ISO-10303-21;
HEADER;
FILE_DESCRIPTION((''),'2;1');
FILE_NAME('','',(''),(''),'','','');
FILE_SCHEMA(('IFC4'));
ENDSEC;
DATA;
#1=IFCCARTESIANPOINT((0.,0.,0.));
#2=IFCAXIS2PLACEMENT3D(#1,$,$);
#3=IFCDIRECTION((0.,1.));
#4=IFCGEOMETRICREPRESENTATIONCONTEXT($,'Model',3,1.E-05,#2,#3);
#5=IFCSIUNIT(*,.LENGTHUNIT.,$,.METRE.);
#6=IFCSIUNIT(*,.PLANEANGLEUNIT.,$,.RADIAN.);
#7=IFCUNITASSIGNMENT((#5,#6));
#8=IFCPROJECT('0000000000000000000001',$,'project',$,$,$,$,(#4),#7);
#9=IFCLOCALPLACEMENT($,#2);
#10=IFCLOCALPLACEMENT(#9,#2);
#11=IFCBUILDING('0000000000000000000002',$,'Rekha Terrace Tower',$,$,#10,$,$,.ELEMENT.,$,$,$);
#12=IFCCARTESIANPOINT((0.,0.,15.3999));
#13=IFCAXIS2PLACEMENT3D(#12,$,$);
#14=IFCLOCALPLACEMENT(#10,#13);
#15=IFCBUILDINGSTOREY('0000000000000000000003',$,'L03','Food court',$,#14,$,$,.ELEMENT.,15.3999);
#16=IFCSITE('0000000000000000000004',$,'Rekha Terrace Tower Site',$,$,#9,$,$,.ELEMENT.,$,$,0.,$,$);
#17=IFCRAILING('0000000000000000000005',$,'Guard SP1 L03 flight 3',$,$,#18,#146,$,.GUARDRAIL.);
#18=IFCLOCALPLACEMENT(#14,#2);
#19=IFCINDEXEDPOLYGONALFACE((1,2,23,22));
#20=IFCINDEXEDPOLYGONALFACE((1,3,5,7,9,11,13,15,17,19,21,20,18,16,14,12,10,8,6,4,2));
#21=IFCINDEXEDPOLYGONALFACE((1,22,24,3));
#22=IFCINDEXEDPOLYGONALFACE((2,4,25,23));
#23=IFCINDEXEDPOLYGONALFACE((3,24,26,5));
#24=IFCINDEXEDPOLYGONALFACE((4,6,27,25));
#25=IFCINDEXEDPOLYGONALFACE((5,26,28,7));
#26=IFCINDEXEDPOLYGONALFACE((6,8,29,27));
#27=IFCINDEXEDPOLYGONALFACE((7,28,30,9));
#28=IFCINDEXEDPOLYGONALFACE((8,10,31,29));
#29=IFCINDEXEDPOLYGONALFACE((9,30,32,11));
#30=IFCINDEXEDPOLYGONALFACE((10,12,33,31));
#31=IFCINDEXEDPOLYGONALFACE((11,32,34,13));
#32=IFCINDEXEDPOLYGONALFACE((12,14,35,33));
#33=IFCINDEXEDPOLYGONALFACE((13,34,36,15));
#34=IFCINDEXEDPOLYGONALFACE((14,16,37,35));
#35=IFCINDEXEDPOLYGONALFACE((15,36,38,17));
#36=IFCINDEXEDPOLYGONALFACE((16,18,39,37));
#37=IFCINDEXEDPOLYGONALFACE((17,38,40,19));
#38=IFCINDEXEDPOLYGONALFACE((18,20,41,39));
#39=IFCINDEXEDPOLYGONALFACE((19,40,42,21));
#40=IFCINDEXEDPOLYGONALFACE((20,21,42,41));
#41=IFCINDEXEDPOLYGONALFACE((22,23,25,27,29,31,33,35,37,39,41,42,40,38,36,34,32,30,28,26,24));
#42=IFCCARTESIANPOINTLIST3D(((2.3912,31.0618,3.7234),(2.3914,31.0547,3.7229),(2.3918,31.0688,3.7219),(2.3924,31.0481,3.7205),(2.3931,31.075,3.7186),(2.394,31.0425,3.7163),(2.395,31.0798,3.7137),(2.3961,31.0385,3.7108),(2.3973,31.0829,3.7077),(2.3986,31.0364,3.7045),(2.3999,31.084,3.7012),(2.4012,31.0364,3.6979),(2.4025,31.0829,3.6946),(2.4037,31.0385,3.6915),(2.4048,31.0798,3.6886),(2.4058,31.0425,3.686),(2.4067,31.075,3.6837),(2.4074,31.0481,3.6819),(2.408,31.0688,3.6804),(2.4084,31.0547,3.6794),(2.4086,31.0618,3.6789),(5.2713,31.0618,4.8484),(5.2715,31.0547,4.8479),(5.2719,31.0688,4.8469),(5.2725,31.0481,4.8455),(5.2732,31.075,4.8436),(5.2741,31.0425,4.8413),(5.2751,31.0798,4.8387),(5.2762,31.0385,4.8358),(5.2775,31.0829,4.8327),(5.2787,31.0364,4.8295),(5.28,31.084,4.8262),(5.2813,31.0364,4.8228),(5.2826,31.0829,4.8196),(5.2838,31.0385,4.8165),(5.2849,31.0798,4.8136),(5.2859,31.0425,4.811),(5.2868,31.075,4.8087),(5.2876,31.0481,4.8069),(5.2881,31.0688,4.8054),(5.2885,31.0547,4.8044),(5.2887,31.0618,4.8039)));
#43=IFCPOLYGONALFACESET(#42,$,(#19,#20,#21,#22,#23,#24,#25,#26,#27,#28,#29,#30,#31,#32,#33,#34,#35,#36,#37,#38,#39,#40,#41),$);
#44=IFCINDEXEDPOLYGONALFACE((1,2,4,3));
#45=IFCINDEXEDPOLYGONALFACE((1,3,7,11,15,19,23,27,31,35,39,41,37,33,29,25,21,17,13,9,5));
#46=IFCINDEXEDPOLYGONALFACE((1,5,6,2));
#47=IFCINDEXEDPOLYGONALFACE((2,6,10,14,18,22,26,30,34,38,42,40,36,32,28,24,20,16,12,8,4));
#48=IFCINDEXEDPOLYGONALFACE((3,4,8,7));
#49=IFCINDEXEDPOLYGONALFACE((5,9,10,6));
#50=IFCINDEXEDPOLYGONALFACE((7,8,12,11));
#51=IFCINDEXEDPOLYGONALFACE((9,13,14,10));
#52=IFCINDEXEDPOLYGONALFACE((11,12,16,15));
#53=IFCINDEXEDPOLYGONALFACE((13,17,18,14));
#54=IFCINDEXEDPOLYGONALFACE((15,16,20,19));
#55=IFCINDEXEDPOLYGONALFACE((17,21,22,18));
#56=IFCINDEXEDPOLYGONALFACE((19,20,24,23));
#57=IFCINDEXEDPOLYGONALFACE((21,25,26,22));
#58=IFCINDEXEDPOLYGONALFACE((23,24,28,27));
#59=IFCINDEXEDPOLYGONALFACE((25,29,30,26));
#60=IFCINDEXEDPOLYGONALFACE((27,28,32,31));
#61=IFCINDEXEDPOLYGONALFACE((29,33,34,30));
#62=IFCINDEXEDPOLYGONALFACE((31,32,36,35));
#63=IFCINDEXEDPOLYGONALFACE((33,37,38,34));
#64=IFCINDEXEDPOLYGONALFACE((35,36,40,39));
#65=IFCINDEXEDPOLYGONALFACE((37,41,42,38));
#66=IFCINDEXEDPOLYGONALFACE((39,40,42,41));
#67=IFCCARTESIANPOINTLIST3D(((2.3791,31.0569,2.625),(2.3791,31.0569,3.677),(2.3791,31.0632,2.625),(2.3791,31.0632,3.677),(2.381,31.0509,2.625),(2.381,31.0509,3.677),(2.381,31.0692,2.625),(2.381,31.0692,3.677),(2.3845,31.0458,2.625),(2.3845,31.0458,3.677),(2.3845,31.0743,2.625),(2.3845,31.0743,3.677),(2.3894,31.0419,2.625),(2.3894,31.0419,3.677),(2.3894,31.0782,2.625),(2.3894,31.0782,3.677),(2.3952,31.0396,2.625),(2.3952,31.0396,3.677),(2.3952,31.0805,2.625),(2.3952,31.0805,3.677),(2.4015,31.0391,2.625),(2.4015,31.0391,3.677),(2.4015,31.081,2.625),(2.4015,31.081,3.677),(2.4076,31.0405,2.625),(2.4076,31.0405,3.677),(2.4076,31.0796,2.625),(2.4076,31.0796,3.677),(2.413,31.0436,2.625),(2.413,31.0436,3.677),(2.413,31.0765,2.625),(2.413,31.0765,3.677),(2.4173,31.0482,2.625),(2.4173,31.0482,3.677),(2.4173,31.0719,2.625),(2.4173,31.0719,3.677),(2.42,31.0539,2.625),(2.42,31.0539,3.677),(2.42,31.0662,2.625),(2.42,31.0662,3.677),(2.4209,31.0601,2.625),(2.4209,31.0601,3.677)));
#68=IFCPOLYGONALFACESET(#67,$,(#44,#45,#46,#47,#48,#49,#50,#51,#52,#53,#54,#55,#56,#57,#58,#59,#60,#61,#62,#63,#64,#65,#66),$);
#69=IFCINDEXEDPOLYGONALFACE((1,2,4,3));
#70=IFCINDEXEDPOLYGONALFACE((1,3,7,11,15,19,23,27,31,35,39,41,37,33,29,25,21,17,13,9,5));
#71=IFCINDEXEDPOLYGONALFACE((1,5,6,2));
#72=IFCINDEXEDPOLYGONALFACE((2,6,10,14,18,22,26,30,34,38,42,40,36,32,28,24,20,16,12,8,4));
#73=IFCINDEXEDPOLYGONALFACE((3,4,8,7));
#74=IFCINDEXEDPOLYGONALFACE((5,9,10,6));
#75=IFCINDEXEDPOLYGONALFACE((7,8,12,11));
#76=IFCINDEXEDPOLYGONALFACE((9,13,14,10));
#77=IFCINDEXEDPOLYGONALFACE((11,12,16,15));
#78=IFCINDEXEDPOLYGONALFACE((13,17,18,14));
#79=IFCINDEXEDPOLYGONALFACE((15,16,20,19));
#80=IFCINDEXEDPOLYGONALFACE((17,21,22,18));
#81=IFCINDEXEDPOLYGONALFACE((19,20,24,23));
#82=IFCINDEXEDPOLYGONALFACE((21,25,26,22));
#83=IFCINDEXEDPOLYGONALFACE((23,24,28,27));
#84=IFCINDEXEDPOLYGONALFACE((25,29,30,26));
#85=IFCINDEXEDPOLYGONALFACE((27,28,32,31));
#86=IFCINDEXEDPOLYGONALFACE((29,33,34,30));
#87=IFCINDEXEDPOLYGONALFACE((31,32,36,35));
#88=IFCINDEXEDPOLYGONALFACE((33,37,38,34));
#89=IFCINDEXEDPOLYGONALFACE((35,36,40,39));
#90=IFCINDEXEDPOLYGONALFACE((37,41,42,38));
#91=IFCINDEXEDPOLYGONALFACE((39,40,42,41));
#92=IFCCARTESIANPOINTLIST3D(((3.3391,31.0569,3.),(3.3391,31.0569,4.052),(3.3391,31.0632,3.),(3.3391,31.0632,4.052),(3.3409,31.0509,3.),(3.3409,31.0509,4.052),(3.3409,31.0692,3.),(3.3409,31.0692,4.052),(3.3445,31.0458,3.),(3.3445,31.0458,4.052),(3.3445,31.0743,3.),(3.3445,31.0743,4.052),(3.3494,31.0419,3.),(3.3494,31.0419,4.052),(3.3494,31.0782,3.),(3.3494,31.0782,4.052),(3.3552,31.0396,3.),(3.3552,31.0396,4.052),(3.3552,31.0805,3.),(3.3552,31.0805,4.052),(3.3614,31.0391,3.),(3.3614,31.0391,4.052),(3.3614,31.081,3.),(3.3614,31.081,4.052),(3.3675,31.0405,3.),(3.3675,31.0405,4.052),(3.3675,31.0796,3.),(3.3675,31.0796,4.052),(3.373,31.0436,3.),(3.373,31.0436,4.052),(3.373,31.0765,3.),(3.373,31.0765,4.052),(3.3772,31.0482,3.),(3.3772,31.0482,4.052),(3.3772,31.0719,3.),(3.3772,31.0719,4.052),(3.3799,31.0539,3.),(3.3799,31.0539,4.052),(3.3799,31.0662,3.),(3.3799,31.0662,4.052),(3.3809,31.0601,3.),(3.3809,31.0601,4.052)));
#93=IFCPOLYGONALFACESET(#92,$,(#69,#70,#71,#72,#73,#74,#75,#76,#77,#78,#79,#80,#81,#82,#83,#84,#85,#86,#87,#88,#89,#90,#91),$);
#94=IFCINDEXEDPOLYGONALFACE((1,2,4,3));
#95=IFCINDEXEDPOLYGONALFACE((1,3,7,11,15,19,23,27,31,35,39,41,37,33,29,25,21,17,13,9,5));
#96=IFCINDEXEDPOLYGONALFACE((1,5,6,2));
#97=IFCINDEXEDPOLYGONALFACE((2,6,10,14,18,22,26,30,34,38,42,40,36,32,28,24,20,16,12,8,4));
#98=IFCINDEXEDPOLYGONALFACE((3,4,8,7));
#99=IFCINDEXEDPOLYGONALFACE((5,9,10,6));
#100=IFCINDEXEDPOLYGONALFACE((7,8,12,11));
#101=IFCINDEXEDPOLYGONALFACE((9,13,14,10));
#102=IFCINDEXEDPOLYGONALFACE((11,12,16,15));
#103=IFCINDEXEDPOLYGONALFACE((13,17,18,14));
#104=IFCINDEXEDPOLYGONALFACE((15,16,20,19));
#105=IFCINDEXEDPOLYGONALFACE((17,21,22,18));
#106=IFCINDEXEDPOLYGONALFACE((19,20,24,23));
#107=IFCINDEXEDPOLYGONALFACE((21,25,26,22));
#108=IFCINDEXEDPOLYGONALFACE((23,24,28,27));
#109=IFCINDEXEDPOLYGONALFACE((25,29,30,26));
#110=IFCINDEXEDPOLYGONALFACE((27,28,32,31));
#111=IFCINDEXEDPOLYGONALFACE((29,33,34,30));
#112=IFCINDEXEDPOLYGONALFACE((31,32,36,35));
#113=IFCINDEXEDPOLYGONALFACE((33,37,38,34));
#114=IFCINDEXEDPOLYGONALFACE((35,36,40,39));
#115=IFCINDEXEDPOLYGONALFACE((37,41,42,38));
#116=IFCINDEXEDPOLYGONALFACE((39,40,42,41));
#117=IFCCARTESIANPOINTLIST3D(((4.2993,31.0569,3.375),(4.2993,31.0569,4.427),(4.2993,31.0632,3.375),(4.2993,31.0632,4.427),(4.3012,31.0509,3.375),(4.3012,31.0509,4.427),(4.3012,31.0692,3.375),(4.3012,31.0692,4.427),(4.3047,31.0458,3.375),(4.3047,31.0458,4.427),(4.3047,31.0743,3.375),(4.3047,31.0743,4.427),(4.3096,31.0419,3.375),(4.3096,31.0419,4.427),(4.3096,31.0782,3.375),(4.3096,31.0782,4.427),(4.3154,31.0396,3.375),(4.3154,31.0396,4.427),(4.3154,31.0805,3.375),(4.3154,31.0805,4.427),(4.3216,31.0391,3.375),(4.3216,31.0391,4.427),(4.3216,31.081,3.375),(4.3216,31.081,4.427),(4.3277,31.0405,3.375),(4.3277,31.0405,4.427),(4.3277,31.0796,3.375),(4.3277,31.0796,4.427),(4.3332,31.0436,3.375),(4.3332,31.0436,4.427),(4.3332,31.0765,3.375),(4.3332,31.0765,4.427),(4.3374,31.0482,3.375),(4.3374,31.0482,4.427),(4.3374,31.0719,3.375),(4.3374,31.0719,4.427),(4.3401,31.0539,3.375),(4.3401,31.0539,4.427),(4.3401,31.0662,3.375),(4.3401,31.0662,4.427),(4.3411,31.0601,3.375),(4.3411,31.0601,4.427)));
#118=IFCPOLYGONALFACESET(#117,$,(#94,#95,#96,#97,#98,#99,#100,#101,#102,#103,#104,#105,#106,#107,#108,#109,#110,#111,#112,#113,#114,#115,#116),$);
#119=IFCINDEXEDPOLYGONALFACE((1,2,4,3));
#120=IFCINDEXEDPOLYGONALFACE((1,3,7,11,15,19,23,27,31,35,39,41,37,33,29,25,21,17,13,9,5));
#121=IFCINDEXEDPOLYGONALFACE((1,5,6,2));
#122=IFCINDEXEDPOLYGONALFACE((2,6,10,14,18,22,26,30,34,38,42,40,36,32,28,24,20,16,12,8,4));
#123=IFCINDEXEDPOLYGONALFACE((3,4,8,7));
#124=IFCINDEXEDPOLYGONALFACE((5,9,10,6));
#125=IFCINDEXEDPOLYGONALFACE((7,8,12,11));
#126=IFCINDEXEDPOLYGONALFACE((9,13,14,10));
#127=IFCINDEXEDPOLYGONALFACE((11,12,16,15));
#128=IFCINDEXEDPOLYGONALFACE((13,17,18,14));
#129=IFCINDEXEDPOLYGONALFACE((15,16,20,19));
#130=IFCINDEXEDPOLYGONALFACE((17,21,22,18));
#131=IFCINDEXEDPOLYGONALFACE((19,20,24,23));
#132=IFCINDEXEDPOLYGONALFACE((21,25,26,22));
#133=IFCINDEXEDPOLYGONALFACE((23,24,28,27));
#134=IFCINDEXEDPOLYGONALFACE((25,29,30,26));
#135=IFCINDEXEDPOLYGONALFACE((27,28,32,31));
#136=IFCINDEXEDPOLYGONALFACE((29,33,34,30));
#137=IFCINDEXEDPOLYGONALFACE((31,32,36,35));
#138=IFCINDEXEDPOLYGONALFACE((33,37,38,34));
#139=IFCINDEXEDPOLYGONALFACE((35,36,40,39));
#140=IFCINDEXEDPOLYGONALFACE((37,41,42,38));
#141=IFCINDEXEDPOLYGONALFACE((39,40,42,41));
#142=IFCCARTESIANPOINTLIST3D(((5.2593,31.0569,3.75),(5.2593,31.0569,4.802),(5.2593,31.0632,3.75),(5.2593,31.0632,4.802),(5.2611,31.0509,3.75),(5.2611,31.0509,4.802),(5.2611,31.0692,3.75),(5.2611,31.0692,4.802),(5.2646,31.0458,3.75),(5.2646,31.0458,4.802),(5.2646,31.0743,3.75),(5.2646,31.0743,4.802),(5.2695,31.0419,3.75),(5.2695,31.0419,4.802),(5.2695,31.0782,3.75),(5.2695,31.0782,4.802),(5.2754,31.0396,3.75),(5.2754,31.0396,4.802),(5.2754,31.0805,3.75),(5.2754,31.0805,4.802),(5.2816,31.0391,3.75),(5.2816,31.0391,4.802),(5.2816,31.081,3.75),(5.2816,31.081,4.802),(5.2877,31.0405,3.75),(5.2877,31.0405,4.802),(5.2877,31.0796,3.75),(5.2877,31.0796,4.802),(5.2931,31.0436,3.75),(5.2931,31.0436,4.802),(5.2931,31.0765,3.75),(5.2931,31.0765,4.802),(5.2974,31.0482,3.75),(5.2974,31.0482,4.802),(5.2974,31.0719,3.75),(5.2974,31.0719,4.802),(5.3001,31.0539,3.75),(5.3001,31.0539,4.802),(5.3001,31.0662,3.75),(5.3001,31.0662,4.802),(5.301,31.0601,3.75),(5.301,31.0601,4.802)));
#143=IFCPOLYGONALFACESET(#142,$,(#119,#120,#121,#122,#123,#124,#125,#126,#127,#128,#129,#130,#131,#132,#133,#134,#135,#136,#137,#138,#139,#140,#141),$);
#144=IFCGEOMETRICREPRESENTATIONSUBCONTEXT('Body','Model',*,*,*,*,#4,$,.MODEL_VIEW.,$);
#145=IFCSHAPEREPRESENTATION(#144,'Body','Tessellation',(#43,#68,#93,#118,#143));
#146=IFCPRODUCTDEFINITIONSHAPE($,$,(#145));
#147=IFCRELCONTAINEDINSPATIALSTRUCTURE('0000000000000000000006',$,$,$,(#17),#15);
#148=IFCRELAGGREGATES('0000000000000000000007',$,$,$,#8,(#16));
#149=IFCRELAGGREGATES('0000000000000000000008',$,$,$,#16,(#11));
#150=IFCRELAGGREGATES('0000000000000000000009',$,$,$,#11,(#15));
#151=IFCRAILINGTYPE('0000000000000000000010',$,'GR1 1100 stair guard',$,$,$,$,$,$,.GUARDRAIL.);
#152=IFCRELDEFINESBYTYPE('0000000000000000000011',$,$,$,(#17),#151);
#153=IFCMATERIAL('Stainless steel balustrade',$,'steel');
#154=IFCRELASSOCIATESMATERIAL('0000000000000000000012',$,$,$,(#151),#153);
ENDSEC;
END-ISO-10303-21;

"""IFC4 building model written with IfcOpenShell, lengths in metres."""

from ifc_helpers import new_model, si_unit, direction, frame, origin, origin_2d, place, context, subcontext, project, spatial, circle, extrude, material, type_object, element, save


model = new_model("IFC4")

# Units and contexts
model_context = context("Model", 3, precision=1e-05, world=origin(), true_north=direction((0.0, 1.0)))
body_context = subcontext(model_context, "Body", "Model", "MODEL_VIEW")
ifc_project = project(units=[si_unit("LENGTHUNIT", "METRE"), si_unit("PLANEANGLEUNIT", "RADIAN")], contexts=[model_context])

# Site, building, storey
site_placement = place(None, origin())
site = spatial("IfcSite", under=ifc_project, at=site_placement, Name="Rekha Terrace Tower Site", CompositionType="ELEMENT", RefElevation=0.0)
building_placement = place(site_placement, origin())
building = spatial("IfcBuilding", under=site, at=building_placement, Name="Rekha Terrace Tower", CompositionType="ELEMENT")
storey_placement = place(building_placement, frame((0.0, 0.0, 15.3999)))
storey = spatial("IfcBuildingStorey", under=building, at=storey_placement, Name="L03", Description="Food court", CompositionType="ELEMENT", Elevation=15.3999)

# Railing
ifc_material_1 = material(Name="Stainless steel balustrade", Category="steel")
railing_type_1 = type_object("IfcRailingType", Name="GR1 1100 stair guard", PredefinedType="GUARDRAIL", material=ifc_material_1)
railing_1_placement = place(storey_placement, frame((2.3999, 31.0601, 2.625)))
element("IfcRailing", 1, at=railing_1_placement, inside=storey, type_object=railing_type_1, Name="Guard SP1 L03 flight 3", PredefinedType="GUARDRAIL", context=body_context, shape_type="SweptSolid", body=[
    extrude(circle(Radius=0.0239, at=origin_2d()), frame((0.0, 0.0, 1.0762), z_axis=(0.931463, 0.0, 0.363837), x_axis=(0.0, 1.0, 0.0)), (0.0, 0.0, 1.0), 3.092),
    extrude(circle(Radius=0.021, at=origin_2d()), origin(), (0.0, 0.0, 1.0), 1.052),
    extrude(circle(Radius=0.021, at=origin_2d()), frame((0.96, 0.0, 0.375)), (0.0, 0.0, 1.0), 1.052),
    extrude(circle(Radius=0.021, at=origin_2d()), frame((1.9202, 0.0, 0.75)), (0.0, 0.0, 1.0), 1.052),
    extrude(circle(Radius=0.021, at=origin_2d()), frame((2.8801, 0.0, 1.125)), (0.0, 0.0, 1.0), 1.052),
])

save(model, "model.ifc")
